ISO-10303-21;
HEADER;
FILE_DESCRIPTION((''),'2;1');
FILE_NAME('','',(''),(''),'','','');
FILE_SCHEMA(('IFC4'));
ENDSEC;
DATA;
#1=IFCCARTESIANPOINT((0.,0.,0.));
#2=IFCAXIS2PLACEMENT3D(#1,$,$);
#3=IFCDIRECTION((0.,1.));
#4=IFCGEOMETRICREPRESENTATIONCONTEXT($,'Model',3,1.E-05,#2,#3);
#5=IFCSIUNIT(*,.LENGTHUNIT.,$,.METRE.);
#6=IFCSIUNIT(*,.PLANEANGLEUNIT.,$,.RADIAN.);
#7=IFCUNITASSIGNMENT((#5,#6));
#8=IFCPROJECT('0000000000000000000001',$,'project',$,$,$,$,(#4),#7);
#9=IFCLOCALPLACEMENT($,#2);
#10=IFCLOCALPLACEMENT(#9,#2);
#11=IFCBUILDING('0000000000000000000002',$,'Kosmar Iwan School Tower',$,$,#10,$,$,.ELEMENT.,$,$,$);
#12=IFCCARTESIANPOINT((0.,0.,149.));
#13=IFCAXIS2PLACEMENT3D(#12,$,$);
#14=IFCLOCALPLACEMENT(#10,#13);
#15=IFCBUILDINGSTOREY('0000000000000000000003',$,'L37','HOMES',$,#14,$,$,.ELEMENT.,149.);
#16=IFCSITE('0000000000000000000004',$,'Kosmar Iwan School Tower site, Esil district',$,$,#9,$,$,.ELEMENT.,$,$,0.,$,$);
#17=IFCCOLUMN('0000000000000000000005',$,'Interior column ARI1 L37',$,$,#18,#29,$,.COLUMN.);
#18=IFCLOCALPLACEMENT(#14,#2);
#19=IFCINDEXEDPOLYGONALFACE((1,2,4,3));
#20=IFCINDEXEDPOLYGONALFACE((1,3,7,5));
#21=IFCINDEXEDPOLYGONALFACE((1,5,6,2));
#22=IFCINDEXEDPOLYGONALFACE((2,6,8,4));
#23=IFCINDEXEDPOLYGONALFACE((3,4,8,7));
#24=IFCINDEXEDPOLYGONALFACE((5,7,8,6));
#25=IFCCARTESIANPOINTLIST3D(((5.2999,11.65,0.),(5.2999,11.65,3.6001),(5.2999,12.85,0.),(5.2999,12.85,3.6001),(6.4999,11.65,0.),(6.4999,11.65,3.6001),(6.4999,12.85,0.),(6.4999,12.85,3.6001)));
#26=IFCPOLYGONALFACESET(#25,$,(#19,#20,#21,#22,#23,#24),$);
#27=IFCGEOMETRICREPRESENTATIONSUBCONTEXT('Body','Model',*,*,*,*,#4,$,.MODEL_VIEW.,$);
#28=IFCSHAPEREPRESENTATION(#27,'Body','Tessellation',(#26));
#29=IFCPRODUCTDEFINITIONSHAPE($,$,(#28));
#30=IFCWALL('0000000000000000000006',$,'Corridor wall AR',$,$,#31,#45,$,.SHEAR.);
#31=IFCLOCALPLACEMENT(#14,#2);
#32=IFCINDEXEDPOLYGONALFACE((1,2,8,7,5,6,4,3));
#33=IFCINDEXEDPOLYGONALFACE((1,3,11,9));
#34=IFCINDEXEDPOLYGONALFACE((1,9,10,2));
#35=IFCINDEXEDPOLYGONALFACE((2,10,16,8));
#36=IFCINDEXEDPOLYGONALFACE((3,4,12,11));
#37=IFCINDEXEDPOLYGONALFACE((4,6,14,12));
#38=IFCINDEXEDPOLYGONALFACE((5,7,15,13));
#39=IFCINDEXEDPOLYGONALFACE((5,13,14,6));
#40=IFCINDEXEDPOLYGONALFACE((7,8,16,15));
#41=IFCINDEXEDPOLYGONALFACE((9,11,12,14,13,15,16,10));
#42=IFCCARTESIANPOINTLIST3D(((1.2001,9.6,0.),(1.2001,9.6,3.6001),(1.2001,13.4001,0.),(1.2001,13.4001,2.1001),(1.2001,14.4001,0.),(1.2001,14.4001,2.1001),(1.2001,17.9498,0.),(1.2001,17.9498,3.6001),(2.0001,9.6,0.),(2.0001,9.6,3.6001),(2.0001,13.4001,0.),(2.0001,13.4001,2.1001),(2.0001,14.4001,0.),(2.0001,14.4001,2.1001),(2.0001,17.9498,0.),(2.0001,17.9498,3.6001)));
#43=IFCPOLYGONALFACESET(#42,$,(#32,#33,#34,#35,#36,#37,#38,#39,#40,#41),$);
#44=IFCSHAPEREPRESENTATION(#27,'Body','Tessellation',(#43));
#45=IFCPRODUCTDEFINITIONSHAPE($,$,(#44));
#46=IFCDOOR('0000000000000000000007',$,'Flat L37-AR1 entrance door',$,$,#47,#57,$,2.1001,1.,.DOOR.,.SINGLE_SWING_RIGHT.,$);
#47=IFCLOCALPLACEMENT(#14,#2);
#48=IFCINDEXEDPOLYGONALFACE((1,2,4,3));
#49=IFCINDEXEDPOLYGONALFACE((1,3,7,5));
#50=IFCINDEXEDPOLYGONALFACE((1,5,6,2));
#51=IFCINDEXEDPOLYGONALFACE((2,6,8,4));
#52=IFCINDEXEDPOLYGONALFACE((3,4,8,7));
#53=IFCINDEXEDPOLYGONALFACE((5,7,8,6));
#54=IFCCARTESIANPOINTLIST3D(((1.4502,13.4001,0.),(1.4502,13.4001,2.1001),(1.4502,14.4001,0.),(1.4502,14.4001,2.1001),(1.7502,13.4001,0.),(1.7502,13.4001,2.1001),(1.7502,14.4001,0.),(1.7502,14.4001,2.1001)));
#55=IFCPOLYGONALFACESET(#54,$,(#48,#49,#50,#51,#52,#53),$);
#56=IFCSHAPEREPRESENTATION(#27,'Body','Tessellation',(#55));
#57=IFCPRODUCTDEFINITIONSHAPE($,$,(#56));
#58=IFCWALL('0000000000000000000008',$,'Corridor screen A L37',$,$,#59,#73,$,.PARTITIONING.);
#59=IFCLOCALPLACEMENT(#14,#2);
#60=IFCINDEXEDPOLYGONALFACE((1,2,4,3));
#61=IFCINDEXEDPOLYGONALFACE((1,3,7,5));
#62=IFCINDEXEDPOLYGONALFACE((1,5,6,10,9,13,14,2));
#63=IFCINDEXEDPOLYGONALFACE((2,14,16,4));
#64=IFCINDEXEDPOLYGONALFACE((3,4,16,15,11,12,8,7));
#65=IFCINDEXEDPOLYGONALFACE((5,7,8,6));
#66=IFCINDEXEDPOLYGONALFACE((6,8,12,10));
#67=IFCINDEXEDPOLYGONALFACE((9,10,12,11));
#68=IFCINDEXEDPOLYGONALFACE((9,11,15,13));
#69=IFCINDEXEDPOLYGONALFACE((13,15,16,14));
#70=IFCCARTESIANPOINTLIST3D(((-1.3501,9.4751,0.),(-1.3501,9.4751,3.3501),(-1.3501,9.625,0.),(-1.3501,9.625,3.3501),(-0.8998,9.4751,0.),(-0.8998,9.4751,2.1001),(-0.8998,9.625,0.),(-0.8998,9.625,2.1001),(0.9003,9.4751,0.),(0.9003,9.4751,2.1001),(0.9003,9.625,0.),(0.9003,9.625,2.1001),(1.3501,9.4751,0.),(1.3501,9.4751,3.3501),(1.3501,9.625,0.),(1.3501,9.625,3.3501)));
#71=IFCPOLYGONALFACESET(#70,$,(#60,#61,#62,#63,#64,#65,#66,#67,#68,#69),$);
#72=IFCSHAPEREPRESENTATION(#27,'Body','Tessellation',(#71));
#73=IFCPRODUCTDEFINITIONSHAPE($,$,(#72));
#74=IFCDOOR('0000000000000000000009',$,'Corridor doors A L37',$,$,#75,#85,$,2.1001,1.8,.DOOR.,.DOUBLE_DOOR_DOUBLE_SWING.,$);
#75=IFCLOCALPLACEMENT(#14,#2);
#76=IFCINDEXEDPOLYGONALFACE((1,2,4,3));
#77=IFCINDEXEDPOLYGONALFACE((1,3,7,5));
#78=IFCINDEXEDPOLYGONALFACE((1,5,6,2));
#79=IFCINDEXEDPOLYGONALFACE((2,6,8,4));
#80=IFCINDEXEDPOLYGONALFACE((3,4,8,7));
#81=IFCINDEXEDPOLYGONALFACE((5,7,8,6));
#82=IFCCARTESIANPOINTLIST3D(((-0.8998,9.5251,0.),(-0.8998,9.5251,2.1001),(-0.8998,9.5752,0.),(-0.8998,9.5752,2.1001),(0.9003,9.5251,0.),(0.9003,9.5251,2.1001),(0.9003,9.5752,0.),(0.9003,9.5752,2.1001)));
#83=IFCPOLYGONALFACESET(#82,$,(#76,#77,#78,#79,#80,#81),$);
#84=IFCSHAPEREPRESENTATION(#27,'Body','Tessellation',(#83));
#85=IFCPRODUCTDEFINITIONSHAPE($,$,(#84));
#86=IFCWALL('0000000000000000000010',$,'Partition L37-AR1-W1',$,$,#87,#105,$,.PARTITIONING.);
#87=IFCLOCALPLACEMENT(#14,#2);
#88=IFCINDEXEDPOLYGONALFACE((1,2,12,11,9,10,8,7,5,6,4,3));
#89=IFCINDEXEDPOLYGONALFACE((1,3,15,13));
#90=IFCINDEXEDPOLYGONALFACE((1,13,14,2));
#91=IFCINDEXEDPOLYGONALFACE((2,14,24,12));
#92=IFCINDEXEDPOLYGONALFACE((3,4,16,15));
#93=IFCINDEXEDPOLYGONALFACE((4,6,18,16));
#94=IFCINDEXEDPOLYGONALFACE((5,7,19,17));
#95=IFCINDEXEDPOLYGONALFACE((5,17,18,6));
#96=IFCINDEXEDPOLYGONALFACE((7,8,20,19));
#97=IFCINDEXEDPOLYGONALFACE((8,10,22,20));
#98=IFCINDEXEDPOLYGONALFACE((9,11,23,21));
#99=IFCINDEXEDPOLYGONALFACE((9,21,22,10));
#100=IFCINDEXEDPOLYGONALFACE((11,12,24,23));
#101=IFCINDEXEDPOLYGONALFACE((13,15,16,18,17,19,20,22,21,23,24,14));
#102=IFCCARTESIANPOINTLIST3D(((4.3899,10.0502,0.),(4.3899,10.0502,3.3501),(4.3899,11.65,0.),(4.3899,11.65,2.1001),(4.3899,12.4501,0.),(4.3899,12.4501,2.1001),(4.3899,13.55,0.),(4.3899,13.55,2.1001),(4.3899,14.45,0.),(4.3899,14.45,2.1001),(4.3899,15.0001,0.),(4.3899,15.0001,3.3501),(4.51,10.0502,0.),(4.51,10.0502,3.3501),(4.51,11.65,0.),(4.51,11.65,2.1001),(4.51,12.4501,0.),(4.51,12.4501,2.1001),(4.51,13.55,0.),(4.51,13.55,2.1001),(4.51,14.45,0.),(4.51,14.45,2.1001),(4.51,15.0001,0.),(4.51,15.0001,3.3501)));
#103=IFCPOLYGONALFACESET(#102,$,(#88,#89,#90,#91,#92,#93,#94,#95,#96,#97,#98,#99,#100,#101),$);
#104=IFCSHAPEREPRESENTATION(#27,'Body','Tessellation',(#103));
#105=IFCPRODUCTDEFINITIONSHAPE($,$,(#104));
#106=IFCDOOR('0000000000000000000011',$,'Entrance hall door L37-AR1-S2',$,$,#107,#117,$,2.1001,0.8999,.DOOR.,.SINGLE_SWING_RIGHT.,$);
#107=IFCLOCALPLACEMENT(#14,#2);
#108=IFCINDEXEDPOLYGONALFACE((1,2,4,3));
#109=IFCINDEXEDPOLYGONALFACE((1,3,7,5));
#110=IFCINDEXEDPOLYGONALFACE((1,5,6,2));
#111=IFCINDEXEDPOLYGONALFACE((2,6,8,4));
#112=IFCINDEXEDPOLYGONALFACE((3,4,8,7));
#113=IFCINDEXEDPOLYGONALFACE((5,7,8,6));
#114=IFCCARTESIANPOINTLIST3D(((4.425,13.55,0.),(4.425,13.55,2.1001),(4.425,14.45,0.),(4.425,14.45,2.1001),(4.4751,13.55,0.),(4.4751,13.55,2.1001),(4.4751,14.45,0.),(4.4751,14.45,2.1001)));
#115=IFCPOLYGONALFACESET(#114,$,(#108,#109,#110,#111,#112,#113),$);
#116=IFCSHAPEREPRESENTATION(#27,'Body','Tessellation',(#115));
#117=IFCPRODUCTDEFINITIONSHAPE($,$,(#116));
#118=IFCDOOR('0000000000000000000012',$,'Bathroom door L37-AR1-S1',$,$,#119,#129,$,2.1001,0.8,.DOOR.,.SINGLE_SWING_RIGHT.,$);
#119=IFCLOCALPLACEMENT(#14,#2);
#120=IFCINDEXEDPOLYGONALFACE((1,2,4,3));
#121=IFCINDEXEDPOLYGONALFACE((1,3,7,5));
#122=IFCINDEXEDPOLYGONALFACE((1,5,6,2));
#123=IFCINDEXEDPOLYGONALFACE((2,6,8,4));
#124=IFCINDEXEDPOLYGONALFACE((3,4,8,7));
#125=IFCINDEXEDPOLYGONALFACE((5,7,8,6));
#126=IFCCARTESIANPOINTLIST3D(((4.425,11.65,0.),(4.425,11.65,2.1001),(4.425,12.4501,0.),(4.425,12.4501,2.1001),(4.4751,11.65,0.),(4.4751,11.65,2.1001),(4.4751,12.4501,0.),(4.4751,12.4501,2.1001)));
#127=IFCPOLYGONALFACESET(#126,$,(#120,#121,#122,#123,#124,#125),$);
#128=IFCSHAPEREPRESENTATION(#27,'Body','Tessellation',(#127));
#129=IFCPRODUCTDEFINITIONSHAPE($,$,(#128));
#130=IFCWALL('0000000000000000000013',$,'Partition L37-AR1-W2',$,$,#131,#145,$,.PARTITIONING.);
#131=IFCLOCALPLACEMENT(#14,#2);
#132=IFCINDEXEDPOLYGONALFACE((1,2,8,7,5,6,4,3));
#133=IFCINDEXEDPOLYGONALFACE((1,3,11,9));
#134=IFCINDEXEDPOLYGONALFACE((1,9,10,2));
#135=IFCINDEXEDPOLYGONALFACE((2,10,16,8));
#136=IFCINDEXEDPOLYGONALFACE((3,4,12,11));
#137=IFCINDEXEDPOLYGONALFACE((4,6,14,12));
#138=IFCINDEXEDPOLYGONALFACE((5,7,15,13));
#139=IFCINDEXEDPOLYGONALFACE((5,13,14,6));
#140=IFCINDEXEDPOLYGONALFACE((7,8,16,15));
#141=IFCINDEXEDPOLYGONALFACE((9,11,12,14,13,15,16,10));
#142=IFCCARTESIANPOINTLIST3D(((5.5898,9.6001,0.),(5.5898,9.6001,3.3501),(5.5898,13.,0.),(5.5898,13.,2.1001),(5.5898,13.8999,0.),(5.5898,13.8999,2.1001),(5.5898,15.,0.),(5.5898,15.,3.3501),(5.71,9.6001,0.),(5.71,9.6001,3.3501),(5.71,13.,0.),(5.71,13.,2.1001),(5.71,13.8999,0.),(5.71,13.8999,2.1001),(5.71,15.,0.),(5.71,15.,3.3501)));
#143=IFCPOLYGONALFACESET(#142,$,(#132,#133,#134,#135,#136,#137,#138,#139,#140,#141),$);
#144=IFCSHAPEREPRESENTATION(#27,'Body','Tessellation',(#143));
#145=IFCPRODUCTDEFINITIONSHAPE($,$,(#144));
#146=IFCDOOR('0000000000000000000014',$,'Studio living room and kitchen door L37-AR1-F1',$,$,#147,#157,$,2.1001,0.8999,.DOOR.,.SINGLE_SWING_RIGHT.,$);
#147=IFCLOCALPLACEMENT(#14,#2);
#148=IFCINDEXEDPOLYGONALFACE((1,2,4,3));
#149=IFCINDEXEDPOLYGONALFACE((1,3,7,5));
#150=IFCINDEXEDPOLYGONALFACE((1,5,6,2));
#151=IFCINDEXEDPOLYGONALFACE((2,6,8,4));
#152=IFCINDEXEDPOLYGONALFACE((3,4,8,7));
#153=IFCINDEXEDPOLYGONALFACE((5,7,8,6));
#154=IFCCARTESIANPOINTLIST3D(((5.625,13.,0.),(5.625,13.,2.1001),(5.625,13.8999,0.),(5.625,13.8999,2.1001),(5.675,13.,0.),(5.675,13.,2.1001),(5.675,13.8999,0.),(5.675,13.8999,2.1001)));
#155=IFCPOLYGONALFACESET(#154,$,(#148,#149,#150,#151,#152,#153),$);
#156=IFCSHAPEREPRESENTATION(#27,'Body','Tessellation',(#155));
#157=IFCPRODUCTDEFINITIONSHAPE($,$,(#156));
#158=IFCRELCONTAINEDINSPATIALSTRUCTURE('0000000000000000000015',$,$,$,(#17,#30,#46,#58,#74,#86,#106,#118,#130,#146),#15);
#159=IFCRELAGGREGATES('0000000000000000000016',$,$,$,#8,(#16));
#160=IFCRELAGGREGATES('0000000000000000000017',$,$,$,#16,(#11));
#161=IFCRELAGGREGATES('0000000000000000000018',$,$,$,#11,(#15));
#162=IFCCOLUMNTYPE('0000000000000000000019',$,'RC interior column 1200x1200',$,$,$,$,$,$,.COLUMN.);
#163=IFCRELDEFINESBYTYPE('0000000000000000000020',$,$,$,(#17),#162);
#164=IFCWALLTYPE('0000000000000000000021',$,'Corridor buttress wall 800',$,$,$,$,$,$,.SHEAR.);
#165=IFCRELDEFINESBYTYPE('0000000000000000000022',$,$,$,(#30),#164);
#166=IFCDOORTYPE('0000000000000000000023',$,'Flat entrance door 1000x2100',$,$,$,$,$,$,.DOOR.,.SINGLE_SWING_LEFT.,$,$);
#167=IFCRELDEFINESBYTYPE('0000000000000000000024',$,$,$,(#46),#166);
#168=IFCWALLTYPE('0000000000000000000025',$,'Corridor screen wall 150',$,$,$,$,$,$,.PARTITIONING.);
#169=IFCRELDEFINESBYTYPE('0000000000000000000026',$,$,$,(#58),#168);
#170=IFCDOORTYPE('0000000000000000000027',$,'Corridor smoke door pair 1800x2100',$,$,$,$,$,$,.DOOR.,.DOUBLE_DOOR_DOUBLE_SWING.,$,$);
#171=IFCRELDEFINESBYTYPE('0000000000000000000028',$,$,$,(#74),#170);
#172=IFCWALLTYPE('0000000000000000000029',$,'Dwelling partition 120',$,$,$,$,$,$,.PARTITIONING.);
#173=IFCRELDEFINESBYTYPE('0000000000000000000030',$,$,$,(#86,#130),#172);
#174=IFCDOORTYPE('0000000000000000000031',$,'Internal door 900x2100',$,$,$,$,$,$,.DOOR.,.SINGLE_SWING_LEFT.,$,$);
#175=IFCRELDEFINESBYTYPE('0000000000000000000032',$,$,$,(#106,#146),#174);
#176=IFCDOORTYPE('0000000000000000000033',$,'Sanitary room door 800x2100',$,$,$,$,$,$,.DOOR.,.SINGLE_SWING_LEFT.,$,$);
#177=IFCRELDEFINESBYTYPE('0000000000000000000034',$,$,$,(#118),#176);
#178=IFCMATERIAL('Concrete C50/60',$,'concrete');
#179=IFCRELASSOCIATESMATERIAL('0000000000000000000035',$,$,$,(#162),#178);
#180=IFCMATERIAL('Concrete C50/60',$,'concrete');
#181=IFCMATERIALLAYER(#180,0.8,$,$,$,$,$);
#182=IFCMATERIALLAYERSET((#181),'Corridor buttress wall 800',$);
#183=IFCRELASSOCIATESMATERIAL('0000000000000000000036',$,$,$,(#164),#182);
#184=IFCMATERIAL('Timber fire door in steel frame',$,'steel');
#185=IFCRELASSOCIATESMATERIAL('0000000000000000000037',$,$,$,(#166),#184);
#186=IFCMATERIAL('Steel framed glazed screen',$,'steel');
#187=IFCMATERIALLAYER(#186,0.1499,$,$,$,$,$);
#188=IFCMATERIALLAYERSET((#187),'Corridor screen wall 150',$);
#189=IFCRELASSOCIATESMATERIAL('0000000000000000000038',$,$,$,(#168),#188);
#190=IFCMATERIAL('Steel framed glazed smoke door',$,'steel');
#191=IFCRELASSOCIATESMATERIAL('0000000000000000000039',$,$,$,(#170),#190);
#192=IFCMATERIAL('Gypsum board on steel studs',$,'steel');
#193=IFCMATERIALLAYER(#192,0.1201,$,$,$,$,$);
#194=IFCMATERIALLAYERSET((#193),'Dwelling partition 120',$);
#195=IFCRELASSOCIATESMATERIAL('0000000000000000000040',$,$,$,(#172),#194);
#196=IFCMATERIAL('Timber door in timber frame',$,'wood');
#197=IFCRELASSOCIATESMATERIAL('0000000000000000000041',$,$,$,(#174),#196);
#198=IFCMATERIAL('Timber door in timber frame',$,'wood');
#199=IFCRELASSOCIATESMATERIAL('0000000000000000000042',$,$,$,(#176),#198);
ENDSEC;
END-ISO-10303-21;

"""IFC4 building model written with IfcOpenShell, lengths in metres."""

from ifc_helpers import new_model, si_unit, direction, frame, frame_2d, origin, origin_2d, place, context, subcontext, project, spatial, rectangle, extrude, material, layer, layer_set, material_profile, profile_set, type_object, element, fill, save


model = new_model("IFC4")

# Units and contexts
model_context = context("Model", 3, precision=1e-05, world=origin(), true_north=direction((0.0, 1.0)))
body_context = subcontext(model_context, "Body", "Model", "MODEL_VIEW")
ifc_project = project(units=[si_unit("LENGTHUNIT", "METRE"), si_unit("PLANEANGLEUNIT", "RADIAN")], contexts=[model_context])

# Site, building, storey
site_placement = place(None, origin())
site = spatial("IfcSite", under=ifc_project, at=site_placement, Name="Kosmar Iwan School Tower site, Esil district", CompositionType="ELEMENT", RefElevation=0.0)
building_placement = place(site_placement, origin())
building = spatial("IfcBuilding", under=site, at=building_placement, Name="Kosmar Iwan School Tower", CompositionType="ELEMENT")
storey_placement = place(building_placement, frame((0.0, 0.0, 149.0)))
storey = spatial("IfcBuildingStorey", under=building, at=storey_placement, Name="L37", Description="HOMES", CompositionType="ELEMENT", Elevation=149.0)

# Column
ifc_material_1 = material(Name="Concrete C50/60", Category="concrete")
ifc_material_profile = material_profile(ifc_material_1, rectangle(XDim=1.2, YDim=1.2, at=origin_2d()), Name="RC 1200x1200")
ifc_profile_set = profile_set([ifc_material_profile], Name="Concrete C50/60")
column_type = type_object("IfcColumnType", Name="RC interior column 1200x1200", PredefinedType="COLUMN", material=ifc_profile_set)
column_placement = place(storey_placement, frame((5.8999, 12.25, 0.0), z_axis=(0.0, 0.0, 1.0), x_axis=(0.0, 1.0, 0.0)))
element("IfcColumn", 1, at=column_placement, inside=storey, type_object=column_type, Name="Interior column ARI1 L37", PredefinedType="COLUMN", context=body_context, shape_type="SweptSolid", body=[
    extrude(rectangle(XDim=1.2, YDim=1.2, at=origin_2d()), origin(), (0.0, 0.0, 1.0), 3.6001),
])

# Walls, openings, doors
ifc_material_2 = material(Name="Concrete C50/60", Category="concrete")
ifc_layer_1 = layer(ifc_material_2, 0.8)
ifc_layer_set_1 = layer_set([ifc_layer_1], Name="Corridor buttress wall 800")
wall_type_1 = type_object("IfcWallType", Name="Corridor buttress wall 800", PredefinedType="SHEAR", material=ifc_layer_set_1)
wall_1_placement = place(storey_placement, frame((1.6001, 9.6001, 0.0), z_axis=(0.0, 0.0, 1.0), x_axis=(0.0, 1.0, 0.0)))
wall_1 = element("IfcWall", 2, at=wall_1_placement, inside=storey, type_object=wall_type_1, Name="Corridor wall AR", PredefinedType="SHEAR", context=body_context, shape_type="SweptSolid", body=[
    extrude(rectangle(XDim=8.3499, YDim=0.8, at=frame_2d((4.1748, 0.0))), origin(), (0.0, 0.0, 1.0), 3.6001),
])
opening_1_placement = place(wall_1_placement, frame((3.8, 0.0, 0.0)))
opening_1 = element("IfcOpeningElement", 3, at=opening_1_placement, cuts=wall_1, PredefinedType="OPENING", context=body_context, shape_type="SweptSolid", body=[
    extrude(rectangle(XDim=1.0, YDim=2.1001, at=frame_2d((0.5, 1.05))), frame((0.0, 0.4121, 0.0), z_axis=(0.0, -1.0, 0.0), x_axis=(1.0, 0.0, 0.0)), (0.0, 0.0, 1.0), 0.824),
])
ifc_material_3 = material(Name="Timber fire door in steel frame", Category="steel")
door_type_1 = type_object("IfcDoorType", Name="Flat entrance door 1000x2100", OperationType="SINGLE_SWING_LEFT", PredefinedType="DOOR", material=ifc_material_3)
door_1_placement = place(opening_1_placement, origin())
door_1 = element("IfcDoor", 4, at=door_1_placement, inside=storey, type_object=door_type_1, Name="Flat L37-AR1 entrance door", OperationType="SINGLE_SWING_RIGHT", OverallHeight=2.1001, OverallWidth=1.0, PredefinedType="DOOR", context=body_context, shape_type="SweptSolid", body=[
    extrude(rectangle(XDim=1.0, YDim=2.1001, at=frame_2d((0.5, 1.05))), frame((0.0, 0.1499, 0.0), z_axis=(0.0, -1.0, 0.0), x_axis=(1.0, 0.0, 0.0)), (0.0, 0.0, 1.0), 0.3),
])
fill(opening_1, door_1)
ifc_material_4 = material(Name="Steel framed glazed screen", Category="steel")
ifc_layer_2 = layer(ifc_material_4, 0.1499)
ifc_layer_set_2 = layer_set([ifc_layer_2], Name="Corridor screen wall 150")
wall_type_2 = type_object("IfcWallType", Name="Corridor screen wall 150", PredefinedType="PARTITIONING", material=ifc_layer_set_2)
wall_2_placement = place(storey_placement, frame((1.3501, 9.55, 0.0), z_axis=(0.0, 0.0, 1.0), x_axis=(-1.0, 0.0, 0.0)))
wall_2 = element("IfcWall", 5, at=wall_2_placement, inside=storey, type_object=wall_type_2, Name="Corridor screen A L37", PredefinedType="PARTITIONING", context=body_context, shape_type="SweptSolid", body=[
    extrude(rectangle(XDim=2.7002, YDim=0.1499, at=frame_2d((1.3501, 0.0))), origin(), (0.0, 0.0, 1.0), 3.3501),
])
opening_2_placement = place(wall_2_placement, frame((0.45, 0.0, 0.0)))
opening_2 = element("IfcOpeningElement", 6, at=opening_2_placement, cuts=wall_2, PredefinedType="OPENING", context=body_context, shape_type="SweptSolid", body=[
    extrude(rectangle(XDim=1.8, YDim=2.1001, at=frame_2d((0.8999, 1.05))), frame((0.0, 0.0869, 0.0), z_axis=(0.0, -1.0, 0.0), x_axis=(1.0, 0.0, 0.0)), (0.0, 0.0, 1.0), 0.1738),
])
ifc_material_5 = material(Name="Steel framed glazed smoke door", Category="steel")
door_type_2 = type_object("IfcDoorType", Name="Corridor smoke door pair 1800x2100", OperationType="DOUBLE_DOOR_DOUBLE_SWING", PredefinedType="DOOR", material=ifc_material_5)
door_2_placement = place(opening_2_placement, origin())
door_2 = element("IfcDoor", 7, at=door_2_placement, inside=storey, type_object=door_type_2, Name="Corridor doors A L37", OperationType="DOUBLE_DOOR_DOUBLE_SWING", OverallHeight=2.1001, OverallWidth=1.8, PredefinedType="DOOR", context=body_context, shape_type="SweptSolid", body=[
    extrude(rectangle(XDim=1.8, YDim=2.1001, at=frame_2d((0.8999, 1.05))), frame((0.0, 0.0249, 0.0), z_axis=(0.0, -1.0, 0.0), x_axis=(1.0, 0.0, 0.0)), (0.0, 0.0, 1.0), 0.05),
])
fill(opening_2, door_2)

# Wall, openings, doors
ifc_material_6 = material(Name="Gypsum board on steel studs", Category="steel")
ifc_layer_3 = layer(ifc_material_6, 0.1201)
ifc_layer_set_3 = layer_set([ifc_layer_3], Name="Dwelling partition 120")
wall_type_3 = type_object("IfcWallType", Name="Dwelling partition 120", PredefinedType="PARTITIONING", material=ifc_layer_set_3)
wall_3_placement = place(storey_placement, frame((4.45, 10.05, 0.0), z_axis=(0.0, 0.0, 1.0), x_axis=(0.0, 1.0, 0.0)))
wall_3 = element("IfcWall", 8, at=wall_3_placement, inside=storey, type_object=wall_type_3, Name="Partition L37-AR1-W1", PredefinedType="PARTITIONING", context=body_context, shape_type="SweptSolid", body=[
    extrude(rectangle(XDim=4.95, YDim=0.1201, at=frame_2d((2.4751, 0.0))), origin(), (0.0, 0.0, 1.0), 3.3501),
])
opening_3_placement = place(wall_3_placement, frame((1.6001, 0.0, 0.0)))
opening_3 = element("IfcOpeningElement", 9, at=opening_3_placement, cuts=wall_3, PredefinedType="OPENING", context=body_context, shape_type="SweptSolid", body=[
    extrude(rectangle(XDim=0.8, YDim=2.1001, at=frame_2d((0.3999, 1.05))), frame((0.0, 0.072, 0.0), z_axis=(0.0, -1.0, 0.0), x_axis=(1.0, 0.0, 0.0)), (0.0, 0.0, 1.0), 0.144),
])
opening_4_placement = place(wall_3_placement, frame((3.5, 0.0, 0.0)))
opening_4 = element("IfcOpeningElement", 10, at=opening_4_placement, cuts=wall_3, PredefinedType="OPENING", context=body_context, shape_type="SweptSolid", body=[
    extrude(rectangle(XDim=0.8999, YDim=2.1001, at=frame_2d((0.45, 1.05))), frame((0.0, 0.072, 0.0), z_axis=(0.0, -1.0, 0.0), x_axis=(1.0, 0.0, 0.0)), (0.0, 0.0, 1.0), 0.144),
])
ifc_material_7 = material(Name="Timber door in timber frame", Category="wood")
door_type_3 = type_object("IfcDoorType", Name="Internal door 900x2100", OperationType="SINGLE_SWING_LEFT", PredefinedType="DOOR", material=ifc_material_7)
door_3_placement = place(opening_4_placement, origin())
door_3 = element("IfcDoor", 11, at=door_3_placement, inside=storey, type_object=door_type_3, Name="Entrance hall door L37-AR1-S2", OperationType="SINGLE_SWING_RIGHT", OverallHeight=2.1001, OverallWidth=0.8999, PredefinedType="DOOR", context=body_context, shape_type="SweptSolid", body=[
    extrude(rectangle(XDim=0.8999, YDim=2.1001, at=frame_2d((0.45, 1.05))), frame((0.0, 0.0249, 0.0), z_axis=(0.0, -1.0, 0.0), x_axis=(1.0, 0.0, 0.0)), (0.0, 0.0, 1.0), 0.05),
])
fill(opening_4, door_3)
ifc_material_8 = material(Name="Timber door in timber frame", Category="wood")
door_type_4 = type_object("IfcDoorType", Name="Sanitary room door 800x2100", OperationType="SINGLE_SWING_LEFT", PredefinedType="DOOR", material=ifc_material_8)
door_4_placement = place(opening_3_placement, origin())
door_4 = element("IfcDoor", 12, at=door_4_placement, inside=storey, type_object=door_type_4, Name="Bathroom door L37-AR1-S1", OperationType="SINGLE_SWING_RIGHT", OverallHeight=2.1001, OverallWidth=0.8, PredefinedType="DOOR", context=body_context, shape_type="SweptSolid", body=[
    extrude(rectangle(XDim=0.8, YDim=2.1001, at=frame_2d((0.3999, 1.05))), frame((0.0, 0.0249, 0.0), z_axis=(0.0, -1.0, 0.0), x_axis=(1.0, 0.0, 0.0)), (0.0, 0.0, 1.0), 0.05),
])
fill(opening_3, door_4)

# Wall, opening, door
wall_4_placement = place(storey_placement, frame((5.6499, 9.6001, 0.0), z_axis=(0.0, 0.0, 1.0), x_axis=(0.0, 1.0, 0.0)))
wall_4 = element("IfcWall", 13, at=wall_4_placement, inside=storey, type_object=wall_type_3, Name="Partition L37-AR1-W2", PredefinedType="PARTITIONING", context=body_context, shape_type="SweptSolid", body=[
    extrude(rectangle(XDim=5.3999, YDim=0.1201, at=frame_2d((2.7, 0.0))), origin(), (0.0, 0.0, 1.0), 3.3501),
])
opening_5_placement = place(wall_4_placement, frame((3.3999, 0.0, 0.0)))
opening_5 = element("IfcOpeningElement", 14, at=opening_5_placement, cuts=wall_4, PredefinedType="OPENING", context=body_context, shape_type="SweptSolid", body=[
    extrude(rectangle(XDim=0.8999, YDim=2.1001, at=frame_2d((0.45, 1.05))), frame((0.0, 0.072, 0.0), z_axis=(0.0, -1.0, 0.0), x_axis=(1.0, 0.0, 0.0)), (0.0, 0.0, 1.0), 0.144),
])
door_5_placement = place(opening_5_placement, origin())
door_5 = element("IfcDoor", 15, at=door_5_placement, inside=storey, type_object=door_type_3, Name="Studio living room and kitchen door L37-AR1-F1", OperationType="SINGLE_SWING_RIGHT", OverallHeight=2.1001, OverallWidth=0.8999, PredefinedType="DOOR", context=body_context, shape_type="SweptSolid", body=[
    extrude(rectangle(XDim=0.8999, YDim=2.1001, at=frame_2d((0.45, 1.05))), frame((0.0, 0.0249, 0.0), z_axis=(0.0, -1.0, 0.0), x_axis=(1.0, 0.0, 0.0)), (0.0, 0.0, 1.0), 0.05),
])
fill(opening_5, door_5)

save(model, "model.ifc")
